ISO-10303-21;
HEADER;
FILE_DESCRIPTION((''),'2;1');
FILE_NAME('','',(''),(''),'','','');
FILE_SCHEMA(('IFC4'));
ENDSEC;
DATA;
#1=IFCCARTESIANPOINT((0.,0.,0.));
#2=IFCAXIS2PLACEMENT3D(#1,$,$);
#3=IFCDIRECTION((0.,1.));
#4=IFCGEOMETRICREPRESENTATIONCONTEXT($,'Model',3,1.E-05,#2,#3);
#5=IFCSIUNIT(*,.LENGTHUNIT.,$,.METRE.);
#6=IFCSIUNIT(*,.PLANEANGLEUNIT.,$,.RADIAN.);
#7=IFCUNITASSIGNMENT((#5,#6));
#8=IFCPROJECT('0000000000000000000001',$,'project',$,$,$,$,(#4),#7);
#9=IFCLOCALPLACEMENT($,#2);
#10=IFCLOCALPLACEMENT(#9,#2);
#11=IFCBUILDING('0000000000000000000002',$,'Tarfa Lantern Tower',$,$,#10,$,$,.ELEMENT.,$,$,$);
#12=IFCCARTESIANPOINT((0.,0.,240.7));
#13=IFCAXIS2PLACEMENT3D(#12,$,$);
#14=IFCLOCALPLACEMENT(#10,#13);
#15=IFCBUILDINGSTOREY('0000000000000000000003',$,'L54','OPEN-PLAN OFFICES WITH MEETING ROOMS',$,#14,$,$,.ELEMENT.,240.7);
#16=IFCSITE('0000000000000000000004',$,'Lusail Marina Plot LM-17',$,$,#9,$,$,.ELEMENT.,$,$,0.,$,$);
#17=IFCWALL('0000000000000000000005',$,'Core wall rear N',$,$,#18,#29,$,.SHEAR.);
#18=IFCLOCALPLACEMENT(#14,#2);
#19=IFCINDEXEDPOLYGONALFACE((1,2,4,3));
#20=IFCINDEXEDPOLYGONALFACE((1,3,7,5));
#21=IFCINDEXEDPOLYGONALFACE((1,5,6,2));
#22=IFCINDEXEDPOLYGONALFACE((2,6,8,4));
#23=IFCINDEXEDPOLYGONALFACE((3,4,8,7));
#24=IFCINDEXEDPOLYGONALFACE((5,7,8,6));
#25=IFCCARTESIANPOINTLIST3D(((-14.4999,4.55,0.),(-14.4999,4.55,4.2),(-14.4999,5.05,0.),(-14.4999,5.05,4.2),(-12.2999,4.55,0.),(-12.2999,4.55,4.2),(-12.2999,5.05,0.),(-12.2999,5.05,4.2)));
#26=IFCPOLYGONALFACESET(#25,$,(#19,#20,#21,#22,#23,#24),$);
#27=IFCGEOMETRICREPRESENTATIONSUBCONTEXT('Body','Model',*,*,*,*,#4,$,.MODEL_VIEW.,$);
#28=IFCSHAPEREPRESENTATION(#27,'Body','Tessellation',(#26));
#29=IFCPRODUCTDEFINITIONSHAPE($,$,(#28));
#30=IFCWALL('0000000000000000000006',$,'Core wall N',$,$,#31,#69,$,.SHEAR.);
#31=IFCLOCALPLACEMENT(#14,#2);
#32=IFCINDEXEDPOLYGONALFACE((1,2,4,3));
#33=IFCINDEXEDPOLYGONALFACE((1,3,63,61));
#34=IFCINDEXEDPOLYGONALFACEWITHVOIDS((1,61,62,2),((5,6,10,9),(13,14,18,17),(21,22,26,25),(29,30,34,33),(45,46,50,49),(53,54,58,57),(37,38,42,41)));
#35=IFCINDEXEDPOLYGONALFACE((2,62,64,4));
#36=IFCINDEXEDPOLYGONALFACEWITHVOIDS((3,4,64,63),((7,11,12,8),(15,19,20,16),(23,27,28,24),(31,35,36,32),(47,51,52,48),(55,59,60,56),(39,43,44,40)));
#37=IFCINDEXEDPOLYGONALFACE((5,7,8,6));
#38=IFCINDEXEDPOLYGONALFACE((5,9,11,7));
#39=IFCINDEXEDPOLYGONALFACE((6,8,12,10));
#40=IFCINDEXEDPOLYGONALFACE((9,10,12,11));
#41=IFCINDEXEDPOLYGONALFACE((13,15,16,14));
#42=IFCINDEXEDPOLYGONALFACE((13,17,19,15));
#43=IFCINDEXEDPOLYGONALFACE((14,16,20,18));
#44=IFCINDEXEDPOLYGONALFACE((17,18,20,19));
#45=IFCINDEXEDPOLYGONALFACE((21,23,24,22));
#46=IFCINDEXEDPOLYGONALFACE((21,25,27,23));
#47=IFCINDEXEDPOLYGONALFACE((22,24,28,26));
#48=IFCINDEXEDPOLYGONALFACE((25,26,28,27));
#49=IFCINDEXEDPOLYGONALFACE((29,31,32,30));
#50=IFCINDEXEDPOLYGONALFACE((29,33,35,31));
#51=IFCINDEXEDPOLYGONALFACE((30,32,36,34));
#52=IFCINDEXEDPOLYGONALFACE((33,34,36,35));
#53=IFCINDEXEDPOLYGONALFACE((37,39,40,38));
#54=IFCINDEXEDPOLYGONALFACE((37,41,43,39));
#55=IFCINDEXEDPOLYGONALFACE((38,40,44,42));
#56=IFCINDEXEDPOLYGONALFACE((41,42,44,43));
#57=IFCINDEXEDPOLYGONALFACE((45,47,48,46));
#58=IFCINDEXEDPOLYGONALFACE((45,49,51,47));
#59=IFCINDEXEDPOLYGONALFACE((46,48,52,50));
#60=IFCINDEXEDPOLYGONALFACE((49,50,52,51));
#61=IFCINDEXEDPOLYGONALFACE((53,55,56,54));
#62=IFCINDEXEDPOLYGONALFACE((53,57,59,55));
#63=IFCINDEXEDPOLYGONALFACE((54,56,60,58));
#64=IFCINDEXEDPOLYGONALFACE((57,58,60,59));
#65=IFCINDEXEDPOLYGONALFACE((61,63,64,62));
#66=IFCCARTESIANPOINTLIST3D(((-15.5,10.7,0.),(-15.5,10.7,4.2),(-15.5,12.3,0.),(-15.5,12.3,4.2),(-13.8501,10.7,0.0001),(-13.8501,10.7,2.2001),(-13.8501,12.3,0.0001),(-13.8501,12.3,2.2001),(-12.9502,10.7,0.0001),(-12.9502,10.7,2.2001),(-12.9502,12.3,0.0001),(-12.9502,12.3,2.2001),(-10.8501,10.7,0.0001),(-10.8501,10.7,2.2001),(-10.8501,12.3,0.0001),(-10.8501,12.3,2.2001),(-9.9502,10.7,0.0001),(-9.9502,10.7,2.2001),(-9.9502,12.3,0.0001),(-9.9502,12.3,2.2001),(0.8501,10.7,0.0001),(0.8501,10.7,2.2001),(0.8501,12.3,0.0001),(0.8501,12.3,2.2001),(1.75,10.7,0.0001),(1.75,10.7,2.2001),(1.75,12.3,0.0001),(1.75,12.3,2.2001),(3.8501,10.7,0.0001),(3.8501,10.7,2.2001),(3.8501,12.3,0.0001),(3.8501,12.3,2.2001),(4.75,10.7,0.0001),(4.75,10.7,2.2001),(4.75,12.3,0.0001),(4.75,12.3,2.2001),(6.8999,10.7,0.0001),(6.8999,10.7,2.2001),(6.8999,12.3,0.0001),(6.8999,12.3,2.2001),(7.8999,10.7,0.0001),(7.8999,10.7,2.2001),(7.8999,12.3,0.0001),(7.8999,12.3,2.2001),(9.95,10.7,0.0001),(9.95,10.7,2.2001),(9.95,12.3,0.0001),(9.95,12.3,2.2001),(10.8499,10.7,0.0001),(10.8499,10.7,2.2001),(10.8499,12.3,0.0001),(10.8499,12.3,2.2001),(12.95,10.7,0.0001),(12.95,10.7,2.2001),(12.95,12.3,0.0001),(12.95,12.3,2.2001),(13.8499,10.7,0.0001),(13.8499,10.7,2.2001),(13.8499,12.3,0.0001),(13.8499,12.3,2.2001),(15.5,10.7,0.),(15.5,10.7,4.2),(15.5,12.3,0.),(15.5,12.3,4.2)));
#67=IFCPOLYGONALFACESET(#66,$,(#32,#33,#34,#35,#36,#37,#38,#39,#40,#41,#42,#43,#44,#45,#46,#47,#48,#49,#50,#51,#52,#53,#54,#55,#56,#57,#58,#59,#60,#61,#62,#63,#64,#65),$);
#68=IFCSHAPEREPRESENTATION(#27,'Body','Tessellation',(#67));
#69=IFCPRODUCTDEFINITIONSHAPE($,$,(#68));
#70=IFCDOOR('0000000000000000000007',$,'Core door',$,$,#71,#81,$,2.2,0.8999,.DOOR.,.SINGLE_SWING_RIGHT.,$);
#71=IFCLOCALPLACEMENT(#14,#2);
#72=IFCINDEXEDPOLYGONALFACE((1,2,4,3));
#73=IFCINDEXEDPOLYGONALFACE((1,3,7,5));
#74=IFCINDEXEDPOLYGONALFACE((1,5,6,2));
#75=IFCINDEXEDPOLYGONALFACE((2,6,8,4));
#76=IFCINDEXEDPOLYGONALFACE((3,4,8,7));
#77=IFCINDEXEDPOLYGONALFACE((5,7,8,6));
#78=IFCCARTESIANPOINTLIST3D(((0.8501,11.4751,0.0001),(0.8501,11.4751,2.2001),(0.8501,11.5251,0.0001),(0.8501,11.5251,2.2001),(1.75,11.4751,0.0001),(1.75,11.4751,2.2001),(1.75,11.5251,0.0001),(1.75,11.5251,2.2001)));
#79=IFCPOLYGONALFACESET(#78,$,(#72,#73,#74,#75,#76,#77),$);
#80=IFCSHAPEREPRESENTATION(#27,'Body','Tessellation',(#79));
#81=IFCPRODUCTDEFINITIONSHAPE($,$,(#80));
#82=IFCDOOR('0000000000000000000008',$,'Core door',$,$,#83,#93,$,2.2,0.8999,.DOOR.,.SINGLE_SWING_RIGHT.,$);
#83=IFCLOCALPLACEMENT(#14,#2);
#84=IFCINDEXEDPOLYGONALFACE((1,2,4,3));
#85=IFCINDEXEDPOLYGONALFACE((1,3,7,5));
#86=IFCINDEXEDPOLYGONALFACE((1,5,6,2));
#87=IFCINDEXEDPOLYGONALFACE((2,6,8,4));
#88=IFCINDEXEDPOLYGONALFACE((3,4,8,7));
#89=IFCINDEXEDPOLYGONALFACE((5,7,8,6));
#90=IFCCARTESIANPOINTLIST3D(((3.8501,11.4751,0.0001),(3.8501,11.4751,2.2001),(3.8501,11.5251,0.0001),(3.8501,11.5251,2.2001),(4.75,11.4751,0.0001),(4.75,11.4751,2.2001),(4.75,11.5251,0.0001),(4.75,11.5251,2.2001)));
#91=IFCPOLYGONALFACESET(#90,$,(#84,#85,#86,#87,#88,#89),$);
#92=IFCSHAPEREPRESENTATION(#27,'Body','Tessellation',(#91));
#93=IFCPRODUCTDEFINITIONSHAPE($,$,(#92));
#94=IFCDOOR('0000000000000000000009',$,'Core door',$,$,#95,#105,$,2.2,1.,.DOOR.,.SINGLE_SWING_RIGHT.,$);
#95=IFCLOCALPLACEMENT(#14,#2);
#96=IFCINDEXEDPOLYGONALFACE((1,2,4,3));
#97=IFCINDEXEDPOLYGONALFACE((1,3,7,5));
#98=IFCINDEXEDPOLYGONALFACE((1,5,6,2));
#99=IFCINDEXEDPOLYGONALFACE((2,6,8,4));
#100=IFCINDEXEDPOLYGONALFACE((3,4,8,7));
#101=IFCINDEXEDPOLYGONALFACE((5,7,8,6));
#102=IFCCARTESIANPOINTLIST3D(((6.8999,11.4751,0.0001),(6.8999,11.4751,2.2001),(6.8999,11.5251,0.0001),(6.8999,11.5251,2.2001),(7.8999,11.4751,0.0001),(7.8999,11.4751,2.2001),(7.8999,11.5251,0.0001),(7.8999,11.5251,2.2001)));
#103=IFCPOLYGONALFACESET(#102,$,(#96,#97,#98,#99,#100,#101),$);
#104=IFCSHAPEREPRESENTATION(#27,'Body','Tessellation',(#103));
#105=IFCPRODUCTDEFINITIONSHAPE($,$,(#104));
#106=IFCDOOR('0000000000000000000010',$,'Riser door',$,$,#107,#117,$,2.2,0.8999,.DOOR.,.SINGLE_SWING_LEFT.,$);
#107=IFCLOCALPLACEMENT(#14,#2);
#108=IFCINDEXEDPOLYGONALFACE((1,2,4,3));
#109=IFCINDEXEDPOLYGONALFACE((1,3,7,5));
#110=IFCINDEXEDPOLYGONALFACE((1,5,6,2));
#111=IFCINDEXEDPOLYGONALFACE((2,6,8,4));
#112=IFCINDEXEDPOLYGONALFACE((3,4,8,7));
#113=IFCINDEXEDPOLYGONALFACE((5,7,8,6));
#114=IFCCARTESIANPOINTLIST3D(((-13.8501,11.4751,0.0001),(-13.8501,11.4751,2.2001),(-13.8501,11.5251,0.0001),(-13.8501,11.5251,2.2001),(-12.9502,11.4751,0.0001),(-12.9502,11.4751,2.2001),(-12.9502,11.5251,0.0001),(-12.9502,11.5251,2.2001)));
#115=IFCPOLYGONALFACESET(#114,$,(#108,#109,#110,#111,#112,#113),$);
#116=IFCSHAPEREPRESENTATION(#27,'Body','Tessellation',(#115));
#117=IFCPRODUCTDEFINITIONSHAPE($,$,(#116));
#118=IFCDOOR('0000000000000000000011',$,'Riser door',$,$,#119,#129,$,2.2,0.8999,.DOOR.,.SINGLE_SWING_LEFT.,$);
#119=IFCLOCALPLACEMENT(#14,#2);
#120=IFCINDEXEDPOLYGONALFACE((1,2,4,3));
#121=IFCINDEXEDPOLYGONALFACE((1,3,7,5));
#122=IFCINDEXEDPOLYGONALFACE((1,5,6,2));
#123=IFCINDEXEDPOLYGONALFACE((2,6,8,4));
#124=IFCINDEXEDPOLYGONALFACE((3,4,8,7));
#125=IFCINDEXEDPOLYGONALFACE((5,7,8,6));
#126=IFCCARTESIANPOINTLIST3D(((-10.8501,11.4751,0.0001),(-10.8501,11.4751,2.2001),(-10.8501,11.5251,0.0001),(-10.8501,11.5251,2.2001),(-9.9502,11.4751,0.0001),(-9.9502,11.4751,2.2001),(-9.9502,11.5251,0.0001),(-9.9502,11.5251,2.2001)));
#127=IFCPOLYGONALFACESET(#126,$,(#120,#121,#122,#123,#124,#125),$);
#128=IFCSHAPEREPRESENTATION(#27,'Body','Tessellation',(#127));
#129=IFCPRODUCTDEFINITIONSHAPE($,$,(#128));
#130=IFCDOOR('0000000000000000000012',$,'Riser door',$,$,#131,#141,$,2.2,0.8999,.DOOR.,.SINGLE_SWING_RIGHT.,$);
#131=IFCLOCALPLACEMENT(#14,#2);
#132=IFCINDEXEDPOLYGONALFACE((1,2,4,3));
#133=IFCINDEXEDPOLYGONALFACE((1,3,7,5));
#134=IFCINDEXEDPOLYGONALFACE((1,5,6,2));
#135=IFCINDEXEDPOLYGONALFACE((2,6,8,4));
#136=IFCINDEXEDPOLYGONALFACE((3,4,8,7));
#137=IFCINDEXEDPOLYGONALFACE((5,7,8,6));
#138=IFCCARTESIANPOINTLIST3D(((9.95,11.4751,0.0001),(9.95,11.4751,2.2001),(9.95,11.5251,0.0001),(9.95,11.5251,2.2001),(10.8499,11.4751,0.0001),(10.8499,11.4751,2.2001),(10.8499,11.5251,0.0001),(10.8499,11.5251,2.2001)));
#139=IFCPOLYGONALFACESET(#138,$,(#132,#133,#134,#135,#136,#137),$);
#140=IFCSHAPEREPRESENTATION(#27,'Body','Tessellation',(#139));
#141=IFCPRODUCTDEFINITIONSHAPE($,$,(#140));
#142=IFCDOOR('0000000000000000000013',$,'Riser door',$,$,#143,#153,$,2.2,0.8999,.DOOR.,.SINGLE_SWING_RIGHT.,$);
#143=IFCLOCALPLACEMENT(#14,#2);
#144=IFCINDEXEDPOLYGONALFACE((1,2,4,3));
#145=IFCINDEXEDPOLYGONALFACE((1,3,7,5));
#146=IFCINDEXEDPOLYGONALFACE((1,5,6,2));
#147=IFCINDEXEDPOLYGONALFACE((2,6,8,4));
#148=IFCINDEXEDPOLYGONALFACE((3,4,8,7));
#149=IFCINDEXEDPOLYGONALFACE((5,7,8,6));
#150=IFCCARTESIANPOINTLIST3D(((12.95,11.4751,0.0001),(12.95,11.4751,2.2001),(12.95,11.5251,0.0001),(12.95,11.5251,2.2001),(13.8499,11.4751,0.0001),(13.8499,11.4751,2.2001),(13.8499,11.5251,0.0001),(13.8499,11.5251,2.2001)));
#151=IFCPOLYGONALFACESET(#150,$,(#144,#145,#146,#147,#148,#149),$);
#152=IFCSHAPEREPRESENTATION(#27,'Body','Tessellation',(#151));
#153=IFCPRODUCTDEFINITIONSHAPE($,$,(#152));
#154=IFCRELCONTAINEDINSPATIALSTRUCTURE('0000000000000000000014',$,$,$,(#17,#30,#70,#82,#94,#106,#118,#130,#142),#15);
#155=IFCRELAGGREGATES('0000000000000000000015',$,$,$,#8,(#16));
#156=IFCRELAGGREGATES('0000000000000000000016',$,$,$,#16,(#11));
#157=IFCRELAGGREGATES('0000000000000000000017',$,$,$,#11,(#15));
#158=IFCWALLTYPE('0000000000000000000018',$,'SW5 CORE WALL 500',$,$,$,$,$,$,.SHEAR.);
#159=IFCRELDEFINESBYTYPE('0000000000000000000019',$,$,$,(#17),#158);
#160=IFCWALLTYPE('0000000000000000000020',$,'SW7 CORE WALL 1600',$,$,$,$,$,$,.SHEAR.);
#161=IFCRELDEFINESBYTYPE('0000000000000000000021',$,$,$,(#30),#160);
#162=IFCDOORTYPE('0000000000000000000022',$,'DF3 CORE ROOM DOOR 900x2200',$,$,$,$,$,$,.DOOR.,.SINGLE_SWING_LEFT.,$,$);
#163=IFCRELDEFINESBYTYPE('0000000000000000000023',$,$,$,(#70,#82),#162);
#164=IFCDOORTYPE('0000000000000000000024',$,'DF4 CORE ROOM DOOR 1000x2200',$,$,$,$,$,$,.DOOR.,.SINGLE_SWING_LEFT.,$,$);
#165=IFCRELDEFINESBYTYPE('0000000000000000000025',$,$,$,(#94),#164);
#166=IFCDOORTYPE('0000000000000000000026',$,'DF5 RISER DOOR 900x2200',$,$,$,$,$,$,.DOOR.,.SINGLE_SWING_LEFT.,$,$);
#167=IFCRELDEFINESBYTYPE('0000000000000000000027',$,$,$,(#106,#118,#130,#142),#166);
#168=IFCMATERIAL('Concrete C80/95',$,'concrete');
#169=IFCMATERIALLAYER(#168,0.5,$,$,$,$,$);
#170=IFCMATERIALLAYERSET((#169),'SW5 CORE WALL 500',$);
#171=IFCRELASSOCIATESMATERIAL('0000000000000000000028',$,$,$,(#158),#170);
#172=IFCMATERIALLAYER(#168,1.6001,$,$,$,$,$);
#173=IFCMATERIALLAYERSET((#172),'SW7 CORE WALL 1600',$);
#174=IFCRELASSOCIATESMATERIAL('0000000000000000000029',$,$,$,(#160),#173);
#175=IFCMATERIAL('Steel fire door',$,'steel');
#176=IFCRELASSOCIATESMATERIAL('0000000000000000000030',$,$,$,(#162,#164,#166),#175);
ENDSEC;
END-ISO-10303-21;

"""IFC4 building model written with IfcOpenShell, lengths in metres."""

from ifc_helpers import new_model, si_unit, direction, frame, frame_2d, origin, place, context, subcontext, project, spatial, rectangle, extrude, material, layer, layer_set, type_object, element, fill, save


model = new_model("IFC4")

# Units and contexts
model_context = context("Model", 3, precision=1e-05, world=origin(), true_north=direction((0.0, 1.0)))
body_context = subcontext(model_context, "Body", "Model", "MODEL_VIEW")
ifc_project = project(units=[si_unit("LENGTHUNIT", "METRE"), si_unit("PLANEANGLEUNIT", "RADIAN")], contexts=[model_context])

# Site, building, storey
site_placement = place(None, origin())
site = spatial("IfcSite", under=ifc_project, at=site_placement, Name="Lusail Marina Plot LM-17", CompositionType="ELEMENT", RefElevation=0.0)
building_placement = place(site_placement, origin())
building = spatial("IfcBuilding", under=site, at=building_placement, Name="Tarfa Lantern Tower", CompositionType="ELEMENT")
storey_placement = place(building_placement, frame((0.0, 0.0, 240.7)))
storey = spatial("IfcBuildingStorey", under=building, at=storey_placement, Name="L54", Description="OPEN-PLAN OFFICES WITH MEETING ROOMS", CompositionType="ELEMENT", Elevation=240.7)

# Shared definitions
ifc_material_1 = material(Name="Concrete C80/95", Category="concrete")
ifc_material_2 = material(Name="Steel fire door", Category="steel")

# Wall
ifc_layer_1 = layer(ifc_material_1, 0.5)
ifc_layer_set_1 = layer_set([ifc_layer_1], Name="SW5 CORE WALL 500")
wall_type_1 = type_object("IfcWallType", Name="SW5 CORE WALL 500", PredefinedType="SHEAR", material=ifc_layer_set_1)
wall_1_placement = place(storey_placement, frame((-14.5, 4.8, 0.0), z_axis=(0.0, 0.0, 1.0), x_axis=(1.0, 0.0, 0.0)))
element("IfcWall", 1, at=wall_1_placement, inside=storey, type_object=wall_type_1, Name="Core wall rear N", PredefinedType="SHEAR", context=body_context, shape_type="SweptSolid", body=[
    extrude(rectangle(XDim=2.2, YDim=0.5, at=frame_2d((1.1001, 0.0))), origin(), (0.0, 0.0, 1.0), 4.2),
])

# Wall, openings, doors
ifc_layer_2 = layer(ifc_material_1, 1.6001)
ifc_layer_set_2 = layer_set([ifc_layer_2], Name="SW7 CORE WALL 1600")
wall_type_2 = type_object("IfcWallType", Name="SW7 CORE WALL 1600", PredefinedType="SHEAR", material=ifc_layer_set_2)
wall_2_placement = place(storey_placement, frame((-15.5, 11.5, 0.0), z_axis=(0.0, 0.0, 1.0), x_axis=(1.0, 0.0, 0.0)))
wall_2 = element("IfcWall", 2, at=wall_2_placement, inside=storey, type_object=wall_type_2, Name="Core wall N", PredefinedType="SHEAR", context=body_context, shape_type="SweptSolid", body=[
    extrude(rectangle(XDim=31.0, YDim=1.6001, at=frame_2d((15.5, 0.0))), origin(), (0.0, 0.0, 1.0), 4.2),
])
opening_1_placement = place(wall_2_placement, frame((16.3501, 0.0, 0.0)))
opening_1 = element("IfcOpeningElement", 3, at=opening_1_placement, cuts=wall_2, PredefinedType="OPENING", context=body_context, shape_type="SweptSolid", body=[
    extrude(rectangle(XDim=0.8999, YDim=2.2, at=frame_2d((0.45, 1.1001))), frame((0.0, 0.8101, 0.0), z_axis=(0.0, -1.0, 0.0), x_axis=(1.0, 0.0, 0.0)), (0.0, 0.0, 1.0), 1.6201),
])
opening_2_placement = place(wall_2_placement, frame((19.3501, 0.0, 0.0)))
opening_2 = element("IfcOpeningElement", 4, at=opening_2_placement, cuts=wall_2, PredefinedType="OPENING", context=body_context, shape_type="SweptSolid", body=[
    extrude(rectangle(XDim=0.8999, YDim=2.2, at=frame_2d((0.45, 1.1001))), frame((0.0, 0.8101, 0.0), z_axis=(0.0, -1.0, 0.0), x_axis=(1.0, 0.0, 0.0)), (0.0, 0.0, 1.0), 1.6201),
])
opening_3_placement = place(wall_2_placement, frame((22.3999, 0.0, 0.0)))
opening_3 = element("IfcOpeningElement", 5, at=opening_3_placement, cuts=wall_2, PredefinedType="OPENING", context=body_context, shape_type="SweptSolid", body=[
    extrude(rectangle(XDim=1.0, YDim=2.2, at=frame_2d((0.5, 1.1001))), frame((0.0, 0.8101, 0.0), z_axis=(0.0, -1.0, 0.0), x_axis=(1.0, 0.0, 0.0)), (0.0, 0.0, 1.0), 1.6201),
])
opening_4_placement = place(wall_2_placement, frame((1.6499, 0.0, 0.0)))
opening_4 = element("IfcOpeningElement", 6, at=opening_4_placement, cuts=wall_2, PredefinedType="OPENING", context=body_context, shape_type="SweptSolid", body=[
    extrude(rectangle(XDim=0.8999, YDim=2.2, at=frame_2d((0.45, 1.1001))), frame((0.0, 0.8101, 0.0), z_axis=(0.0, -1.0, 0.0), x_axis=(1.0, 0.0, 0.0)), (0.0, 0.0, 1.0), 1.6201),
])
opening_5_placement = place(wall_2_placement, frame((4.6499, 0.0, 0.0)))
opening_5 = element("IfcOpeningElement", 7, at=opening_5_placement, cuts=wall_2, PredefinedType="OPENING", context=body_context, shape_type="SweptSolid", body=[
    extrude(rectangle(XDim=0.8999, YDim=2.2, at=frame_2d((0.45, 1.1001))), frame((0.0, 0.8101, 0.0), z_axis=(0.0, -1.0, 0.0), x_axis=(1.0, 0.0, 0.0)), (0.0, 0.0, 1.0), 1.6201),
])
opening_6_placement = place(wall_2_placement, frame((25.45, 0.0, 0.0)))
opening_6 = element("IfcOpeningElement", 8, at=opening_6_placement, cuts=wall_2, PredefinedType="OPENING", context=body_context, shape_type="SweptSolid", body=[
    extrude(rectangle(XDim=0.8999, YDim=2.2, at=frame_2d((0.45, 1.1001))), frame((0.0, 0.8101, 0.0), z_axis=(0.0, -1.0, 0.0), x_axis=(1.0, 0.0, 0.0)), (0.0, 0.0, 1.0), 1.6201),
])
opening_7_placement = place(wall_2_placement, frame((28.45, 0.0, 0.0)))
opening_7 = element("IfcOpeningElement", 9, at=opening_7_placement, cuts=wall_2, PredefinedType="OPENING", context=body_context, shape_type="SweptSolid", body=[
    extrude(rectangle(XDim=0.8999, YDim=2.2, at=frame_2d((0.45, 1.1001))), frame((0.0, 0.8101, 0.0), z_axis=(0.0, -1.0, 0.0), x_axis=(1.0, 0.0, 0.0)), (0.0, 0.0, 1.0), 1.6201),
])
door_type_1 = type_object("IfcDoorType", Name="DF3 CORE ROOM DOOR 900x2200", OperationType="SINGLE_SWING_LEFT", PredefinedType="DOOR", material=ifc_material_2)
door_1_placement = place(opening_1_placement, frame((0.8999, 0.0, 0.0), z_axis=(0.0, 0.0, 1.0), x_axis=(-1.0, 0.0, 0.0)))
door_1 = element("IfcDoor", 10, at=door_1_placement, inside=storey, type_object=door_type_1, Name="Core door", OperationType="SINGLE_SWING_RIGHT", OverallHeight=2.2, OverallWidth=0.8999, PredefinedType="DOOR", context=body_context, shape_type="SweptSolid", body=[
    extrude(rectangle(XDim=0.8999, YDim=2.2, at=frame_2d((0.45, 1.1001))), frame((0.0, 0.0249, 0.0), z_axis=(0.0, -1.0, 0.0), x_axis=(1.0, 0.0, 0.0)), (0.0, 0.0, 1.0), 0.05),
])
fill(opening_1, door_1)
door_2_placement = place(opening_2_placement, frame((0.8999, 0.0, 0.0), z_axis=(0.0, 0.0, 1.0), x_axis=(-1.0, 0.0, 0.0)))
door_2 = element("IfcDoor", 11, at=door_2_placement, inside=storey, type_object=door_type_1, Name="Core door", OperationType="SINGLE_SWING_RIGHT", OverallHeight=2.2, OverallWidth=0.8999, PredefinedType="DOOR", context=body_context, shape_type="SweptSolid", body=[
    extrude(rectangle(XDim=0.8999, YDim=2.2, at=frame_2d((0.45, 1.1001))), frame((0.0, 0.0249, 0.0), z_axis=(0.0, -1.0, 0.0), x_axis=(1.0, 0.0, 0.0)), (0.0, 0.0, 1.0), 0.05),
])
fill(opening_2, door_2)
door_type_2 = type_object("IfcDoorType", Name="DF4 CORE ROOM DOOR 1000x2200", OperationType="SINGLE_SWING_LEFT", PredefinedType="DOOR", material=ifc_material_2)
door_3_placement = place(opening_3_placement, frame((1.0, 0.0, 0.0), z_axis=(0.0, 0.0, 1.0), x_axis=(-1.0, 0.0, 0.0)))
door_3 = element("IfcDoor", 12, at=door_3_placement, inside=storey, type_object=door_type_2, Name="Core door", OperationType="SINGLE_SWING_RIGHT", OverallHeight=2.2, OverallWidth=1.0, PredefinedType="DOOR", context=body_context, shape_type="SweptSolid", body=[
    extrude(rectangle(XDim=1.0, YDim=2.2, at=frame_2d((0.5, 1.1001))), frame((0.0, 0.0249, 0.0), z_axis=(0.0, -1.0, 0.0), x_axis=(1.0, 0.0, 0.0)), (0.0, 0.0, 1.0), 0.05),
])
fill(opening_3, door_3)
door_type_3 = type_object("IfcDoorType", Name="DF5 RISER DOOR 900x2200", OperationType="SINGLE_SWING_LEFT", PredefinedType="DOOR", material=ifc_material_2)
door_4_placement = place(opening_4_placement, frame((0.8999, 0.0, 0.0), z_axis=(0.0, 0.0, 1.0), x_axis=(-1.0, 0.0, 0.0)))
door_4 = element("IfcDoor", 13, at=door_4_placement, inside=storey, type_object=door_type_3, Name="Riser door", OperationType="SINGLE_SWING_LEFT", OverallHeight=2.2, OverallWidth=0.8999, PredefinedType="DOOR", context=body_context, shape_type="SweptSolid", body=[
    extrude(rectangle(XDim=0.8999, YDim=2.2, at=frame_2d((0.45, 1.1001))), frame((0.0, 0.0249, 0.0), z_axis=(0.0, -1.0, 0.0), x_axis=(1.0, 0.0, 0.0)), (0.0, 0.0, 1.0), 0.05),
])
fill(opening_4, door_4)
door_5_placement = place(opening_5_placement, frame((0.8999, 0.0, 0.0), z_axis=(0.0, 0.0, 1.0), x_axis=(-1.0, 0.0, 0.0)))
door_5 = element("IfcDoor", 14, at=door_5_placement, inside=storey, type_object=door_type_3, Name="Riser door", OperationType="SINGLE_SWING_LEFT", OverallHeight=2.2, OverallWidth=0.8999, PredefinedType="DOOR", context=body_context, shape_type="SweptSolid", body=[
    extrude(rectangle(XDim=0.8999, YDim=2.2, at=frame_2d((0.45, 1.1001))), frame((0.0, 0.0249, 0.0), z_axis=(0.0, -1.0, 0.0), x_axis=(1.0, 0.0, 0.0)), (0.0, 0.0, 1.0), 0.05),
])
fill(opening_5, door_5)
door_6_placement = place(opening_6_placement, frame((0.8999, 0.0, 0.0), z_axis=(0.0, 0.0, 1.0), x_axis=(-1.0, 0.0, 0.0)))
door_6 = element("IfcDoor", 15, at=door_6_placement, inside=storey, type_object=door_type_3, Name="Riser door", OperationType="SINGLE_SWING_RIGHT", OverallHeight=2.2, OverallWidth=0.8999, PredefinedType="DOOR", context=body_context, shape_type="SweptSolid", body=[
    extrude(rectangle(XDim=0.8999, YDim=2.2, at=frame_2d((0.45, 1.1001))), frame((0.0, 0.0249, 0.0), z_axis=(0.0, -1.0, 0.0), x_axis=(1.0, 0.0, 0.0)), (0.0, 0.0, 1.0), 0.05),
])
fill(opening_6, door_6)
door_7_placement = place(opening_7_placement, frame((0.8999, 0.0, 0.0), z_axis=(0.0, 0.0, 1.0), x_axis=(-1.0, 0.0, 0.0)))
door_7 = element("IfcDoor", 16, at=door_7_placement, inside=storey, type_object=door_type_3, Name="Riser door", OperationType="SINGLE_SWING_RIGHT", OverallHeight=2.2, OverallWidth=0.8999, PredefinedType="DOOR", context=body_context, shape_type="SweptSolid", body=[
    extrude(rectangle(XDim=0.8999, YDim=2.2, at=frame_2d((0.45, 1.1001))), frame((0.0, 0.0249, 0.0), z_axis=(0.0, -1.0, 0.0), x_axis=(1.0, 0.0, 0.0)), (0.0, 0.0, 1.0), 0.05),
])
fill(opening_7, door_7)

save(model, "model.ifc")
